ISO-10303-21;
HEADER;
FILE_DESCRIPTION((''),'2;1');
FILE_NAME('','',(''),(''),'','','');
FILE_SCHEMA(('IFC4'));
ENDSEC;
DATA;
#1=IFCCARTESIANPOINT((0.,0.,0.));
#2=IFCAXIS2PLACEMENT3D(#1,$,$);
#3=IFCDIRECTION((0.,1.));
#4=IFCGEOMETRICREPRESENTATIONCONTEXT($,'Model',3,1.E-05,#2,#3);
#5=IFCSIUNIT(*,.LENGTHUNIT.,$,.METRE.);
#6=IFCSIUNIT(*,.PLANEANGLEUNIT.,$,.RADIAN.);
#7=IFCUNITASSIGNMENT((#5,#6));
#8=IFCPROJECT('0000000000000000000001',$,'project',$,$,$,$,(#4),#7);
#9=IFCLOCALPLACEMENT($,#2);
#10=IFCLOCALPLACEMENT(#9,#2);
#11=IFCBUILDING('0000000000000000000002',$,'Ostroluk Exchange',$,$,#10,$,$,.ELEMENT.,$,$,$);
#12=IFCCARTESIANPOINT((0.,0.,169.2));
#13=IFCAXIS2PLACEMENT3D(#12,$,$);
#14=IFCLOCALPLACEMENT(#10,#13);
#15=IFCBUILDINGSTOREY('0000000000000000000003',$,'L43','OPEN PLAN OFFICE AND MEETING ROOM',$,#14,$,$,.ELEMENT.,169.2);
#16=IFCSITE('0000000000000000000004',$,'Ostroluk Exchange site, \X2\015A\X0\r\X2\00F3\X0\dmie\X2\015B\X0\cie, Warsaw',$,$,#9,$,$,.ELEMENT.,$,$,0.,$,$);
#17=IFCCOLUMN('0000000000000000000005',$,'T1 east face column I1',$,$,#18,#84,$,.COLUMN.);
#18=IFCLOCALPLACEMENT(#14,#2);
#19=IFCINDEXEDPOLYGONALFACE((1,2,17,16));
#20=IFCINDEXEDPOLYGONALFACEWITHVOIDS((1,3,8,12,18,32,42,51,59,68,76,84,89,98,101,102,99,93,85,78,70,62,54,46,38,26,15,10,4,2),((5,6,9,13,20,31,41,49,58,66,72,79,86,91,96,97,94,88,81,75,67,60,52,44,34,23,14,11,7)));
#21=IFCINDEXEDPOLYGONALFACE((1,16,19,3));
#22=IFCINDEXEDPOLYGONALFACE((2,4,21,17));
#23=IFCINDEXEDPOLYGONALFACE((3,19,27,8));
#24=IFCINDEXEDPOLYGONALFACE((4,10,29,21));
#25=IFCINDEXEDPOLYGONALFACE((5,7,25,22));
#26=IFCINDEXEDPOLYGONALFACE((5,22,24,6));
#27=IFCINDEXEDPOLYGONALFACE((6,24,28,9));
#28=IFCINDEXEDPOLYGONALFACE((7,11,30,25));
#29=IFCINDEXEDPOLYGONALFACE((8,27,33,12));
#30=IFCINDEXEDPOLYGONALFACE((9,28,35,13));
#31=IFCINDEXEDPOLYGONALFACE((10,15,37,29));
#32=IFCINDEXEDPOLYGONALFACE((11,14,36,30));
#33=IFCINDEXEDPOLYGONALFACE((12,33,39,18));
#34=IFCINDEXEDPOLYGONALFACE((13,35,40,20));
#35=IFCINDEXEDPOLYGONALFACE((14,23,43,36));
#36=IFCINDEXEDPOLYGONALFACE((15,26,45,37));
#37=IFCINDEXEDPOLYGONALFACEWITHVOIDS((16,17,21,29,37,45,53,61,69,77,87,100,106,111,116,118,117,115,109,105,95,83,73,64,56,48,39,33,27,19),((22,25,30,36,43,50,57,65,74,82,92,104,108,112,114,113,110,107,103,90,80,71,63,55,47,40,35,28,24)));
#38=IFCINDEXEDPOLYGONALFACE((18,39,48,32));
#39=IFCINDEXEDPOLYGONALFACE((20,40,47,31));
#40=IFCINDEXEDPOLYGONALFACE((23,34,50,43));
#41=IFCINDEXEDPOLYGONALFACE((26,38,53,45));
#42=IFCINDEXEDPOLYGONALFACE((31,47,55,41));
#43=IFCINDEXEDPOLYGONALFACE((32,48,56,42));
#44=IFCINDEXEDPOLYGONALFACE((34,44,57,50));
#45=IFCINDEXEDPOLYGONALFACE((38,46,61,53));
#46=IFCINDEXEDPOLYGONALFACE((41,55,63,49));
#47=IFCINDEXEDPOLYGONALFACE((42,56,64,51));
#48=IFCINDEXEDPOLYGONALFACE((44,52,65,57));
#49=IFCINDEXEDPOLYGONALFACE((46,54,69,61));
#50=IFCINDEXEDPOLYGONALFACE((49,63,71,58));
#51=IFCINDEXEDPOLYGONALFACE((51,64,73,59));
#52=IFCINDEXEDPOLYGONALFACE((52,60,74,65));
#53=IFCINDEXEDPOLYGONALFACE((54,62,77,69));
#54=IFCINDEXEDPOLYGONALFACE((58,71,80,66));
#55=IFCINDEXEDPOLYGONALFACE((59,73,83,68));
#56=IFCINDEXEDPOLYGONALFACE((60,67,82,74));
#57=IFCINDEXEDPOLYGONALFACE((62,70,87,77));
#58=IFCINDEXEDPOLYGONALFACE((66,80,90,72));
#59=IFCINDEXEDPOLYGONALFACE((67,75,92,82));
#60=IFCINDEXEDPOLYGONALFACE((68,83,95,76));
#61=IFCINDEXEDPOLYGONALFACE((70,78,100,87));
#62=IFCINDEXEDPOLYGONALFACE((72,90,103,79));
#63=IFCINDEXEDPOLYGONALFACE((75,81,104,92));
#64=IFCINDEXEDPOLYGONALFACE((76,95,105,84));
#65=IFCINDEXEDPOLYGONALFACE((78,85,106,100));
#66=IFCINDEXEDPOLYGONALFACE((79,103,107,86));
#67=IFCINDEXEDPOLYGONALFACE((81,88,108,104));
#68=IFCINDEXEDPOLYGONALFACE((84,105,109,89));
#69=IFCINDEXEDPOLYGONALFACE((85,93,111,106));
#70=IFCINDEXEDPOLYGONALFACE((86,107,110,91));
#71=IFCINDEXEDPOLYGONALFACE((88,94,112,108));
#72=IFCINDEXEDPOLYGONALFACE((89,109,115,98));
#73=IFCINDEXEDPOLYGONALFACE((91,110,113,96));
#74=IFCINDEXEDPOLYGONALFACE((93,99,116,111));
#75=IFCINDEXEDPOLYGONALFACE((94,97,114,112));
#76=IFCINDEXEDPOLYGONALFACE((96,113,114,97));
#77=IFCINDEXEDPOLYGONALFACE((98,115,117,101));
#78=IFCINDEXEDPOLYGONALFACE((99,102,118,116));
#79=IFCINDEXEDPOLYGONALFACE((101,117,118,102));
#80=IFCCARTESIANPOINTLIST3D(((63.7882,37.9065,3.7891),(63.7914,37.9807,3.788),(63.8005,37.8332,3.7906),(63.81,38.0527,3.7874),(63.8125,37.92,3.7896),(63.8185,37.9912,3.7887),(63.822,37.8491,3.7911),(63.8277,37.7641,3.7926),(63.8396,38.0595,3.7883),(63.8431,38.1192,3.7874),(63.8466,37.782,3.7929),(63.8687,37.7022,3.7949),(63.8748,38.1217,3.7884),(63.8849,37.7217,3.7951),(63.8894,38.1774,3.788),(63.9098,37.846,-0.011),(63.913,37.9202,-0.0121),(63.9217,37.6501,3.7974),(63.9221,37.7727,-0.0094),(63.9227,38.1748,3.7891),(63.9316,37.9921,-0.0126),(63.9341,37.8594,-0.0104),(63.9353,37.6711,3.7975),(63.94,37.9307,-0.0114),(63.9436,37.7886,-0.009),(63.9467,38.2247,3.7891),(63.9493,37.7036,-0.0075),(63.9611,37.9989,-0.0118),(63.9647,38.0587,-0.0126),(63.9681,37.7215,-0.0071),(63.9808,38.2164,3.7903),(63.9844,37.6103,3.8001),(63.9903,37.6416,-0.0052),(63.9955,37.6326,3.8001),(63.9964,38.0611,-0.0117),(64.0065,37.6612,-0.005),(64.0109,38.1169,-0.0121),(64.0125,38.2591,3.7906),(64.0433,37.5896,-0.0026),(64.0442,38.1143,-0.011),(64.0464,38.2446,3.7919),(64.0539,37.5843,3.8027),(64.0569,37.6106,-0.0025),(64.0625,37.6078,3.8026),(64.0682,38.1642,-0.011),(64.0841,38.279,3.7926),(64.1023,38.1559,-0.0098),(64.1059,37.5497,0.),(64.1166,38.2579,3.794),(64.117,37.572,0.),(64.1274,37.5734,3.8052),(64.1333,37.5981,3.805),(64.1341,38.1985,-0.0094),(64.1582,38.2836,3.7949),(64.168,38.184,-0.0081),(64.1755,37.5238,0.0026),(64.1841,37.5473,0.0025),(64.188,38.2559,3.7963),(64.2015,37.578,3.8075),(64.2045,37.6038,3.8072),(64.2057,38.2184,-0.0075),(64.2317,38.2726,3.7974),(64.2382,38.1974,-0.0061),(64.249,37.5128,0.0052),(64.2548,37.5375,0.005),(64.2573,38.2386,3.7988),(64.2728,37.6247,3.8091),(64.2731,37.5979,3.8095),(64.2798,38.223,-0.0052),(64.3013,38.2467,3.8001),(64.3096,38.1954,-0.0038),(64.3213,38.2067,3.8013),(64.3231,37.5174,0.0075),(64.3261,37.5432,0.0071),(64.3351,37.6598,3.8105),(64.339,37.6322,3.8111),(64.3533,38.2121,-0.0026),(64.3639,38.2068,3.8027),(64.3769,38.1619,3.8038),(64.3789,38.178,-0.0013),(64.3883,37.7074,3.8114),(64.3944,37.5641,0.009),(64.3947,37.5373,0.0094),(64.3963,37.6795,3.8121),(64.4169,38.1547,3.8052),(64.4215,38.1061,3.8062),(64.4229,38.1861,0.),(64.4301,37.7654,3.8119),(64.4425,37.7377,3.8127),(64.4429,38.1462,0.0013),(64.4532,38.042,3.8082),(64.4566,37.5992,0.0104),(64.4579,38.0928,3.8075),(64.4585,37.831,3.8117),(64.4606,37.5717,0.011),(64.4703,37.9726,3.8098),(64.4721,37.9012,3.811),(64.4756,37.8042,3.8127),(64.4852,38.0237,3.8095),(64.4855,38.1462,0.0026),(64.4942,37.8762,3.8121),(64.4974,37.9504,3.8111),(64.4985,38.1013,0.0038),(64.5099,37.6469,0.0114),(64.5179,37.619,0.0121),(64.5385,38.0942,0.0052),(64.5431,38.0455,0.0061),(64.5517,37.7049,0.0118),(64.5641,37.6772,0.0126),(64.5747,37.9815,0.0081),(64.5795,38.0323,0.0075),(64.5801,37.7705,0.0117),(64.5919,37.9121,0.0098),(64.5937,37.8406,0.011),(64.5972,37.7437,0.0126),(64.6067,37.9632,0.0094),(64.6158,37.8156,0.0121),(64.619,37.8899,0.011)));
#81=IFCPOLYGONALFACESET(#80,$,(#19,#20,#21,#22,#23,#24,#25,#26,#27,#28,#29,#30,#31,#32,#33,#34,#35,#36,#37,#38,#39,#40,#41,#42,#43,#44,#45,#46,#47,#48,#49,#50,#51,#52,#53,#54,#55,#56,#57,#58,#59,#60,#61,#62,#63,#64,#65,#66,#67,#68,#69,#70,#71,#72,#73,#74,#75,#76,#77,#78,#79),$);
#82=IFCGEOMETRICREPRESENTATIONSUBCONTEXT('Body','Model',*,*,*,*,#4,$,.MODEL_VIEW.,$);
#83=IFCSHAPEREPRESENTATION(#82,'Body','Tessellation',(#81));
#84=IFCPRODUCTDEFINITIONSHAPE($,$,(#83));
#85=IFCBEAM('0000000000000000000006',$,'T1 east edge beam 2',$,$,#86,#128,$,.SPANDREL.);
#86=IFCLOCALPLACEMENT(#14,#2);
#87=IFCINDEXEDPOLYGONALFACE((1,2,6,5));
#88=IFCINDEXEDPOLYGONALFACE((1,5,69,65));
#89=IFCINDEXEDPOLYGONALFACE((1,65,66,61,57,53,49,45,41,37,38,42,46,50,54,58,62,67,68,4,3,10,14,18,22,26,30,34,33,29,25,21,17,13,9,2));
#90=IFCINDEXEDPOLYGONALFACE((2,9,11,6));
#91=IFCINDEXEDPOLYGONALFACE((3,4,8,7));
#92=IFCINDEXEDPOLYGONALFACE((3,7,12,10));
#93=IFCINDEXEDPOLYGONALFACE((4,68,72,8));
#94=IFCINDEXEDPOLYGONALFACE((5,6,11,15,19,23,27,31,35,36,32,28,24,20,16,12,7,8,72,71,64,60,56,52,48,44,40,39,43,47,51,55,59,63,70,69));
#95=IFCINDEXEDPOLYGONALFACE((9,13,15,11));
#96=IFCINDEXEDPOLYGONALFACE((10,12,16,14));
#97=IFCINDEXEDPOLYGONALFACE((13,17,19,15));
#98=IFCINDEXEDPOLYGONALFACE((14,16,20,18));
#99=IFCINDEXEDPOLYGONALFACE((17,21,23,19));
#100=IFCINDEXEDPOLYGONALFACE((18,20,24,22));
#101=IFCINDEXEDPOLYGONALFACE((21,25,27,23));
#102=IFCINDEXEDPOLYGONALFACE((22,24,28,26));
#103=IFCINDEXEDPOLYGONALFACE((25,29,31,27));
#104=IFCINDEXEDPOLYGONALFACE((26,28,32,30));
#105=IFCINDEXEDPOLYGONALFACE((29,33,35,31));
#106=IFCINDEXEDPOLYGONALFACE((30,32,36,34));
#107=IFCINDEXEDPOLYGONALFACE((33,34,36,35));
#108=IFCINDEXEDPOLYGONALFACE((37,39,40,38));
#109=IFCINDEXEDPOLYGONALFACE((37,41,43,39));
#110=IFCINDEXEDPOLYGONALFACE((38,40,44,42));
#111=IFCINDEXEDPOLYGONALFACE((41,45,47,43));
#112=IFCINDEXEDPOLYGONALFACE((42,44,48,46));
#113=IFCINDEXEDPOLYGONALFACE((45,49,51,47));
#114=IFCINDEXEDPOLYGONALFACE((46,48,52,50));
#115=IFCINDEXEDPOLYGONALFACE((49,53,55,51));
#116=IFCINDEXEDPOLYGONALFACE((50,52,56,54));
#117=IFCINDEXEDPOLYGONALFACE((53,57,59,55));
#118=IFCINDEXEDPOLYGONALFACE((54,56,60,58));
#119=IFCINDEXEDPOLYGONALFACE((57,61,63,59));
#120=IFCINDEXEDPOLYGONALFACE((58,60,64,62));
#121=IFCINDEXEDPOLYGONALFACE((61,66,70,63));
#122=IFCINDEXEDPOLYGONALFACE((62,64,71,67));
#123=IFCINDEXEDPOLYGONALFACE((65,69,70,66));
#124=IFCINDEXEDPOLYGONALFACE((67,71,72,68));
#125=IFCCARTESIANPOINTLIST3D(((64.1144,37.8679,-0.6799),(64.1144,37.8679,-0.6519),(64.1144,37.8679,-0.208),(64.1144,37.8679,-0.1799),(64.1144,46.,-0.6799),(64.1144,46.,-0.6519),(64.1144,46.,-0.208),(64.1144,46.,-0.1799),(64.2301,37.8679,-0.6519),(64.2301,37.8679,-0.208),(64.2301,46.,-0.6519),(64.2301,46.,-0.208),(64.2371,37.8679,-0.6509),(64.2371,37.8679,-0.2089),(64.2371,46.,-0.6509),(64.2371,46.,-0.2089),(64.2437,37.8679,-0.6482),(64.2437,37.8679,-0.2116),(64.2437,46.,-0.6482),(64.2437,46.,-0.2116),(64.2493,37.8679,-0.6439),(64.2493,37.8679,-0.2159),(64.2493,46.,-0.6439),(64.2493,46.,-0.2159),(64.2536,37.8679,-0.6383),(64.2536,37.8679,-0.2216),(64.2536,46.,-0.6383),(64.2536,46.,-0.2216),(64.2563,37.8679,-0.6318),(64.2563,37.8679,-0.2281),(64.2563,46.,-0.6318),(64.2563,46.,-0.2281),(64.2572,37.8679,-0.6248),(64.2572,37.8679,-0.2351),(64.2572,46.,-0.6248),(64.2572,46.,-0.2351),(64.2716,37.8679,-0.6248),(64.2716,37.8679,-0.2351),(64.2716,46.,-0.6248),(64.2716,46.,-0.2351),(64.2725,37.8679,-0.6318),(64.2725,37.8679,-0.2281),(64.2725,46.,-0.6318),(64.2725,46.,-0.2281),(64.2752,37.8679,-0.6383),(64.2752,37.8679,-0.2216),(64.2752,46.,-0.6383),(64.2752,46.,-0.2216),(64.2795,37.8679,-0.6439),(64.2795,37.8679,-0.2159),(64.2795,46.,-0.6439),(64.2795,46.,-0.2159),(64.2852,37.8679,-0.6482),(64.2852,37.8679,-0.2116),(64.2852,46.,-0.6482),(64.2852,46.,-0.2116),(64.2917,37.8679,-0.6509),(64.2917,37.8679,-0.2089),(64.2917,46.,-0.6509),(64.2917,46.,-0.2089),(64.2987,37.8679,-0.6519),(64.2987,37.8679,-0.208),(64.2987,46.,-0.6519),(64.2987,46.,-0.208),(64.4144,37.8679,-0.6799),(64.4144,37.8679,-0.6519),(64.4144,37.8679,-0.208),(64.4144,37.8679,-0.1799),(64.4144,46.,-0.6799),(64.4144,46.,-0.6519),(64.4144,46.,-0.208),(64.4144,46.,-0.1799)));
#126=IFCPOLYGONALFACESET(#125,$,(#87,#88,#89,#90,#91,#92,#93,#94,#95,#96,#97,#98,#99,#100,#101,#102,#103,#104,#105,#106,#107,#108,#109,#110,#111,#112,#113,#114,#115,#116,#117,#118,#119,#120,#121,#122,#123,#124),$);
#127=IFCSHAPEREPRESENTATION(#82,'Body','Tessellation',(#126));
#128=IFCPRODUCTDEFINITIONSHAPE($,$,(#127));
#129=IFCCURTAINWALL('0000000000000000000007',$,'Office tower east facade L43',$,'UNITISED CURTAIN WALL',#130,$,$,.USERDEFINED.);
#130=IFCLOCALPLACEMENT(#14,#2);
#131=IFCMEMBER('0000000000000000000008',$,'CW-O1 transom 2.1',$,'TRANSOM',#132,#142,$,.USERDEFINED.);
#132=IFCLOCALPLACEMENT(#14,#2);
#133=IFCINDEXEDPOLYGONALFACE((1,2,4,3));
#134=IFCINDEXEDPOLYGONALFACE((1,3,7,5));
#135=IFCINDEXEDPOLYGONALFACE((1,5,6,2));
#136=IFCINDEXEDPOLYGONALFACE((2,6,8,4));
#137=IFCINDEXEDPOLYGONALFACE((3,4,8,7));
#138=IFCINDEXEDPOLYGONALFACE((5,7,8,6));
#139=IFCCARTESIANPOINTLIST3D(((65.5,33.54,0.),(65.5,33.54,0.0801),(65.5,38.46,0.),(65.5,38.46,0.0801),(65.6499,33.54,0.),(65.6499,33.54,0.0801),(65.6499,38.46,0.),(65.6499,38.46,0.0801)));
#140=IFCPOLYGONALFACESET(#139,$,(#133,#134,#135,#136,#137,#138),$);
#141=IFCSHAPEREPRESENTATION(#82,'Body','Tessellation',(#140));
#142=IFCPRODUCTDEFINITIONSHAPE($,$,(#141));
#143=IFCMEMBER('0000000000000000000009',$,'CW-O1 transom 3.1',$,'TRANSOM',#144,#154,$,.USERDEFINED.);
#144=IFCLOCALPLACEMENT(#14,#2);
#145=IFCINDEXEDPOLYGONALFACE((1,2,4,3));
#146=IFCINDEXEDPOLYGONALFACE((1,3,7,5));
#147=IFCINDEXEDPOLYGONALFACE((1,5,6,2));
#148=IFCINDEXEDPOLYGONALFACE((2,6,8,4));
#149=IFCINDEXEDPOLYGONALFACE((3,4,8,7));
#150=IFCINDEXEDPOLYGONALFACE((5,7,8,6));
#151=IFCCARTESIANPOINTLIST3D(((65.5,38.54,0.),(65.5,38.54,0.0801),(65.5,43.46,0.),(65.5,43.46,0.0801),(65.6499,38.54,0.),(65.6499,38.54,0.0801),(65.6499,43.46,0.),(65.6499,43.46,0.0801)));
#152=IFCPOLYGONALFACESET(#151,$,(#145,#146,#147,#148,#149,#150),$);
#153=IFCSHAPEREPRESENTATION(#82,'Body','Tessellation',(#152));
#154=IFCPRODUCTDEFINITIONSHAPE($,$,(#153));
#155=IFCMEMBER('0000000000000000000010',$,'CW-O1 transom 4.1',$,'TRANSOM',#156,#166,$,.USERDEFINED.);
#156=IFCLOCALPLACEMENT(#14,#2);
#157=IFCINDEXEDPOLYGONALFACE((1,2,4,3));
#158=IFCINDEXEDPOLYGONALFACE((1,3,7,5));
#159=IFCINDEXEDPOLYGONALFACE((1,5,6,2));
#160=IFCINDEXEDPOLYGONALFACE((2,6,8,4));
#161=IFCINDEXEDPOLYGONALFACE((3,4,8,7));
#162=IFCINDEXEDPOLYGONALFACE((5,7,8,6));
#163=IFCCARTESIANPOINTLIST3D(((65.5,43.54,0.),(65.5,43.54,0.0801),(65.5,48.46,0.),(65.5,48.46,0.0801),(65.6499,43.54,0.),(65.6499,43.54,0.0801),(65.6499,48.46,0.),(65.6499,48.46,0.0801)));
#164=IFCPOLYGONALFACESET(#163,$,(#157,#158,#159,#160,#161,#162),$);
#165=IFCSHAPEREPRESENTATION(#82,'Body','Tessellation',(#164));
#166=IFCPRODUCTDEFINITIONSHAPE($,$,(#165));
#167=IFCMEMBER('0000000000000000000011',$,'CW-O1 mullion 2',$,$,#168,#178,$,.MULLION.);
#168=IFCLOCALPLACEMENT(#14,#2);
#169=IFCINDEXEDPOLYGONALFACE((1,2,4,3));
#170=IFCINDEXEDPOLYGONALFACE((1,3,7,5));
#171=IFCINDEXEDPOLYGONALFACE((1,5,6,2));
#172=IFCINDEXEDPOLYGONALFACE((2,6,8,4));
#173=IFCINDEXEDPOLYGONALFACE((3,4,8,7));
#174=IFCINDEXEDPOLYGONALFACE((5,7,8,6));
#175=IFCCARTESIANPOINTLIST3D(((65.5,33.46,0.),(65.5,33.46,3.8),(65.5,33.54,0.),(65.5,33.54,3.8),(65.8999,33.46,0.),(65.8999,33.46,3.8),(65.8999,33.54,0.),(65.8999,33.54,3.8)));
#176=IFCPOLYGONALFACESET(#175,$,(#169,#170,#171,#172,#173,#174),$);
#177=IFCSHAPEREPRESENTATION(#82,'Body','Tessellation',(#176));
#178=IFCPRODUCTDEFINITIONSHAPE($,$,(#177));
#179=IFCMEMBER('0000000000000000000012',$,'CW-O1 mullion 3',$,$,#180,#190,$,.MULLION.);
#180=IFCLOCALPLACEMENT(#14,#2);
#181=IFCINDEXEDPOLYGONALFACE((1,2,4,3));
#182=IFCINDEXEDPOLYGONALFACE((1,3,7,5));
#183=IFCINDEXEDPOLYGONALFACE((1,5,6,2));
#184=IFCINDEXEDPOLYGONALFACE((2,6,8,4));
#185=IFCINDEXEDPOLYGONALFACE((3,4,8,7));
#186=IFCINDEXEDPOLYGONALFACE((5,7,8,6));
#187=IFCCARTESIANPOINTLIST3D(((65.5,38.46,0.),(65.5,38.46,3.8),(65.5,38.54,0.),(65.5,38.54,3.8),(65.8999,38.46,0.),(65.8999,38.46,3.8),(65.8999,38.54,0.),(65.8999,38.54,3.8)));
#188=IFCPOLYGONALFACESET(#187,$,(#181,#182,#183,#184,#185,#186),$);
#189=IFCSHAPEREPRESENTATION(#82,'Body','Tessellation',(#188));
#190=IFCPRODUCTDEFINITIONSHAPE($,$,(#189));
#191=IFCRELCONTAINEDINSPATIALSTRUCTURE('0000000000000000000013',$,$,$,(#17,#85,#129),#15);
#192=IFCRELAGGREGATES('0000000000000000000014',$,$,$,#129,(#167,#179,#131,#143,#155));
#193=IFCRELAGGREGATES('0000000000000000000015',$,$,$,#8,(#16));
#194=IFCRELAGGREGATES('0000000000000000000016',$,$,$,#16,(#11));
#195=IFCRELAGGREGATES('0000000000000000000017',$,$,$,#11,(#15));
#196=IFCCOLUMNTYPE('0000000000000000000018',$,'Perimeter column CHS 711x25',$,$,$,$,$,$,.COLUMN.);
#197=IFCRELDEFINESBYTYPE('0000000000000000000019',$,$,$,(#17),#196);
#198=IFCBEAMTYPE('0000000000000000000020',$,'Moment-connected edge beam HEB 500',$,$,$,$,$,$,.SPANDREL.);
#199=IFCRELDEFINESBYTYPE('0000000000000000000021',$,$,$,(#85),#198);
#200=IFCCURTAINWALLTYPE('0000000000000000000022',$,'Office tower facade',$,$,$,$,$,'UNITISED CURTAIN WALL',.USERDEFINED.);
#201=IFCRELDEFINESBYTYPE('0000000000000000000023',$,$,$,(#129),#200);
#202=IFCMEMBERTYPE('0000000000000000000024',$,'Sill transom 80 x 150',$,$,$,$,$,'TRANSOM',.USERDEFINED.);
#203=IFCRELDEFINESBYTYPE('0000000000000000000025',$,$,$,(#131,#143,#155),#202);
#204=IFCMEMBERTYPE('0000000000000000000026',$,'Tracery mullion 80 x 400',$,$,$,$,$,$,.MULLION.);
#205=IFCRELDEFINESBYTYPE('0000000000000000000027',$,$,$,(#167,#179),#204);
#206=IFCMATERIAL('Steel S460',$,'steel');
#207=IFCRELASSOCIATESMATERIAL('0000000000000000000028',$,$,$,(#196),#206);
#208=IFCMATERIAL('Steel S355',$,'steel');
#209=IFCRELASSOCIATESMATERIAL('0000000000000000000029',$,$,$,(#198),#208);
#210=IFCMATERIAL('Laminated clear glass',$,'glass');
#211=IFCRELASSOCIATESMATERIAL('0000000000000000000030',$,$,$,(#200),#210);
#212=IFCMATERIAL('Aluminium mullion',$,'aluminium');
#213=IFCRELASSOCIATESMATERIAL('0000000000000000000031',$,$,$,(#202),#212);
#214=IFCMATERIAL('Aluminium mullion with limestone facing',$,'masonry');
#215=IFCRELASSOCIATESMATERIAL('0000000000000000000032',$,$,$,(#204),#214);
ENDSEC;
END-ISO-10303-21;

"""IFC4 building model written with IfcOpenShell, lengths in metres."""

from ifc_helpers import new_model, si_unit, direction, frame, origin, origin_2d, place, context, subcontext, project, spatial, rectangle, hollow_circle, i_section, extrude, material, material_profile, profile_set, type_object, element, aggregate, save


model = new_model("IFC4")

# Units and contexts
model_context = context("Model", 3, precision=1e-05, world=origin(), true_north=direction((0.0, 1.0)))
body_context = subcontext(model_context, "Body", "Model", "MODEL_VIEW")
ifc_project = project(units=[si_unit("LENGTHUNIT", "METRE"), si_unit("PLANEANGLEUNIT", "RADIAN")], contexts=[model_context])

# Site, building, storey
site_placement = place(None, origin())
site = spatial("IfcSite", under=ifc_project, at=site_placement, Name="Ostroluk Exchange site, Śródmieście, Warsaw", CompositionType="ELEMENT", RefElevation=0.0)
building_placement = place(site_placement, origin())
building = spatial("IfcBuilding", under=site, at=building_placement, Name="Ostroluk Exchange", CompositionType="ELEMENT")
storey_placement = place(building_placement, frame((0.0, 0.0, 169.2)))
storey = spatial("IfcBuildingStorey", under=building, at=storey_placement, Name="L43", Description="OPEN PLAN OFFICE AND MEETING ROOM", CompositionType="ELEMENT", Elevation=169.2)

# Column
ifc_material_1 = material(Name="Steel S460", Category="steel")
ifc_material_profile_1 = material_profile(ifc_material_1, hollow_circle(Radius=0.3555, WallThickness=0.0249, at=origin_2d()), Name="CHS 711x25")
ifc_profile_set_1 = profile_set([ifc_material_profile_1], Name="Steel S460")
column_type = type_object("IfcColumnType", Name="Perimeter column CHS 711x25", PredefinedType="COLUMN", material=ifc_profile_set_1)
column_placement = place(storey_placement, frame((64.2644, 37.8679, 0.0), z_axis=(-0.031974, 0.015923, 0.999362), x_axis=(-0.445775, -0.895145, 0.0)))
element("IfcColumn", 1, at=column_placement, inside=storey, type_object=column_type, Name="T1 east face column I1", PredefinedType="COLUMN", context=body_context, shape_type="SweptSolid", body=[
    extrude(hollow_circle(Radius=0.3555, WallThickness=0.0249, at=origin_2d()), origin(), (0.0, 0.0, 1.0), 3.8025),
])

# Beam
ifc_material_2 = material(Name="Steel S355", Category="steel")
ifc_material_profile_2 = material_profile(ifc_material_2, i_section(OverallWidth=0.3, OverallDepth=0.5, WebThickness=0.0144, FlangeThickness=0.0281, FilletRadius=0.0271, at=origin_2d()), Name="HEB 500")
ifc_profile_set_2 = profile_set([ifc_material_profile_2], Name="Steel S355")
beam_type = type_object("IfcBeamType", Name="Moment-connected edge beam HEB 500", PredefinedType="SPANDREL", material=ifc_profile_set_2)
beam_placement = place(storey_placement, frame((64.2644, 37.8679, -0.4299), z_axis=(0.0, 1.0, 0.0), x_axis=(-1.0, 0.0, 0.0)))
element("IfcBeam", 2, at=beam_placement, inside=storey, type_object=beam_type, Name="T1 east edge beam 2", PredefinedType="SPANDREL", context=body_context, shape_type="SweptSolid", body=[
    extrude(i_section(OverallWidth=0.3, OverallDepth=0.5, WebThickness=0.0144, FlangeThickness=0.0281, FilletRadius=0.0271, at=origin_2d()), origin(), (0.0, 0.0, 1.0), 8.1321),
])

# Curtain wall, members
ifc_material_3 = material(Name="Laminated clear glass", Category="glass")
curtain_wall_type = type_object("IfcCurtainWallType", Name="Office tower facade", ElementType="UNITISED CURTAIN WALL", PredefinedType="USERDEFINED", material=ifc_material_3)
curtain_wall_placement = place(storey_placement, origin())
curtain_wall = element("IfcCurtainWall", 3, at=curtain_wall_placement, inside=storey, type_object=curtain_wall_type, Name="Office tower east facade L43", ObjectType="UNITISED CURTAIN WALL", PredefinedType="USERDEFINED")
ifc_material_4 = material(Name="Aluminium mullion", Category="aluminium")
ifc_material_profile_3 = material_profile(ifc_material_4, rectangle(XDim=0.1499, YDim=0.0801, at=origin_2d()), Name="Sill transom 80 x 150")
ifc_profile_set_3 = profile_set([ifc_material_profile_3], Name="Aluminium mullion")
member_type_1 = type_object("IfcMemberType", Name="Sill transom 80 x 150", ElementType="TRANSOM", PredefinedType="USERDEFINED", material=ifc_profile_set_3)
member_1_placement = place(storey_placement, frame((65.575, 33.54, 0.04), z_axis=(0.0, 1.0, 0.0), x_axis=(-1.0, 0.0, 0.0)))
member_1 = element("IfcMember", 4, at=member_1_placement, type_object=member_type_1, Name="CW-O1 transom 2.1", ObjectType="TRANSOM", PredefinedType="USERDEFINED", context=body_context, shape_type="SweptSolid", body=[
    extrude(rectangle(XDim=0.1499, YDim=0.0801, at=origin_2d()), origin(), (0.0, 0.0, 1.0), 4.9199),
])
member_2_placement = place(storey_placement, frame((65.575, 38.54, 0.04), z_axis=(0.0, 1.0, 0.0), x_axis=(-1.0, 0.0, 0.0)))
member_2 = element("IfcMember", 5, at=member_2_placement, type_object=member_type_1, Name="CW-O1 transom 3.1", ObjectType="TRANSOM", PredefinedType="USERDEFINED", context=body_context, shape_type="SweptSolid", body=[
    extrude(rectangle(XDim=0.1499, YDim=0.0801, at=origin_2d()), origin(), (0.0, 0.0, 1.0), 4.9199),
])
member_3_placement = place(storey_placement, frame((65.575, 43.54, 0.04), z_axis=(0.0, 1.0, 0.0), x_axis=(-1.0, 0.0, 0.0)))
member_3 = element("IfcMember", 6, at=member_3_placement, type_object=member_type_1, Name="CW-O1 transom 4.1", ObjectType="TRANSOM", PredefinedType="USERDEFINED", context=body_context, shape_type="SweptSolid", body=[
    extrude(rectangle(XDim=0.1499, YDim=0.0801, at=origin_2d()), origin(), (0.0, 0.0, 1.0), 4.9199),
])
ifc_material_5 = material(Name="Aluminium mullion with limestone facing", Category="masonry")
ifc_material_profile_4 = material_profile(ifc_material_5, rectangle(XDim=0.3999, YDim=0.0801, at=origin_2d()), Name="Tracery mullion 80 x 400")
ifc_profile_set_4 = profile_set([ifc_material_profile_4], Name="Aluminium mullion with limestone facing")
member_type_2 = type_object("IfcMemberType", Name="Tracery mullion 80 x 400", PredefinedType="MULLION", material=ifc_profile_set_4)
member_4_placement = place(storey_placement, frame((65.7, 33.5, 0.0), z_axis=(0.0, 0.0, 1.0), x_axis=(-1.0, 0.0, 0.0)))
member_4 = element("IfcMember", 7, at=member_4_placement, type_object=member_type_2, Name="CW-O1 mullion 2", PredefinedType="MULLION", context=body_context, shape_type="SweptSolid", body=[
    extrude(rectangle(XDim=0.3999, YDim=0.0801, at=origin_2d()), origin(), (0.0, 0.0, 1.0), 3.8),
])
member_5_placement = place(storey_placement, frame((65.7, 38.5, 0.0), z_axis=(0.0, 0.0, 1.0), x_axis=(-1.0, 0.0, 0.0)))
member_5 = element("IfcMember", 8, at=member_5_placement, type_object=member_type_2, Name="CW-O1 mullion 3", PredefinedType="MULLION", context=body_context, shape_type="SweptSolid", body=[
    extrude(rectangle(XDim=0.3999, YDim=0.0801, at=origin_2d()), origin(), (0.0, 0.0, 1.0), 3.8),
])
aggregate(curtain_wall, [member_4, member_5, member_1, member_2, member_3])

save(model, "model.ifc")
